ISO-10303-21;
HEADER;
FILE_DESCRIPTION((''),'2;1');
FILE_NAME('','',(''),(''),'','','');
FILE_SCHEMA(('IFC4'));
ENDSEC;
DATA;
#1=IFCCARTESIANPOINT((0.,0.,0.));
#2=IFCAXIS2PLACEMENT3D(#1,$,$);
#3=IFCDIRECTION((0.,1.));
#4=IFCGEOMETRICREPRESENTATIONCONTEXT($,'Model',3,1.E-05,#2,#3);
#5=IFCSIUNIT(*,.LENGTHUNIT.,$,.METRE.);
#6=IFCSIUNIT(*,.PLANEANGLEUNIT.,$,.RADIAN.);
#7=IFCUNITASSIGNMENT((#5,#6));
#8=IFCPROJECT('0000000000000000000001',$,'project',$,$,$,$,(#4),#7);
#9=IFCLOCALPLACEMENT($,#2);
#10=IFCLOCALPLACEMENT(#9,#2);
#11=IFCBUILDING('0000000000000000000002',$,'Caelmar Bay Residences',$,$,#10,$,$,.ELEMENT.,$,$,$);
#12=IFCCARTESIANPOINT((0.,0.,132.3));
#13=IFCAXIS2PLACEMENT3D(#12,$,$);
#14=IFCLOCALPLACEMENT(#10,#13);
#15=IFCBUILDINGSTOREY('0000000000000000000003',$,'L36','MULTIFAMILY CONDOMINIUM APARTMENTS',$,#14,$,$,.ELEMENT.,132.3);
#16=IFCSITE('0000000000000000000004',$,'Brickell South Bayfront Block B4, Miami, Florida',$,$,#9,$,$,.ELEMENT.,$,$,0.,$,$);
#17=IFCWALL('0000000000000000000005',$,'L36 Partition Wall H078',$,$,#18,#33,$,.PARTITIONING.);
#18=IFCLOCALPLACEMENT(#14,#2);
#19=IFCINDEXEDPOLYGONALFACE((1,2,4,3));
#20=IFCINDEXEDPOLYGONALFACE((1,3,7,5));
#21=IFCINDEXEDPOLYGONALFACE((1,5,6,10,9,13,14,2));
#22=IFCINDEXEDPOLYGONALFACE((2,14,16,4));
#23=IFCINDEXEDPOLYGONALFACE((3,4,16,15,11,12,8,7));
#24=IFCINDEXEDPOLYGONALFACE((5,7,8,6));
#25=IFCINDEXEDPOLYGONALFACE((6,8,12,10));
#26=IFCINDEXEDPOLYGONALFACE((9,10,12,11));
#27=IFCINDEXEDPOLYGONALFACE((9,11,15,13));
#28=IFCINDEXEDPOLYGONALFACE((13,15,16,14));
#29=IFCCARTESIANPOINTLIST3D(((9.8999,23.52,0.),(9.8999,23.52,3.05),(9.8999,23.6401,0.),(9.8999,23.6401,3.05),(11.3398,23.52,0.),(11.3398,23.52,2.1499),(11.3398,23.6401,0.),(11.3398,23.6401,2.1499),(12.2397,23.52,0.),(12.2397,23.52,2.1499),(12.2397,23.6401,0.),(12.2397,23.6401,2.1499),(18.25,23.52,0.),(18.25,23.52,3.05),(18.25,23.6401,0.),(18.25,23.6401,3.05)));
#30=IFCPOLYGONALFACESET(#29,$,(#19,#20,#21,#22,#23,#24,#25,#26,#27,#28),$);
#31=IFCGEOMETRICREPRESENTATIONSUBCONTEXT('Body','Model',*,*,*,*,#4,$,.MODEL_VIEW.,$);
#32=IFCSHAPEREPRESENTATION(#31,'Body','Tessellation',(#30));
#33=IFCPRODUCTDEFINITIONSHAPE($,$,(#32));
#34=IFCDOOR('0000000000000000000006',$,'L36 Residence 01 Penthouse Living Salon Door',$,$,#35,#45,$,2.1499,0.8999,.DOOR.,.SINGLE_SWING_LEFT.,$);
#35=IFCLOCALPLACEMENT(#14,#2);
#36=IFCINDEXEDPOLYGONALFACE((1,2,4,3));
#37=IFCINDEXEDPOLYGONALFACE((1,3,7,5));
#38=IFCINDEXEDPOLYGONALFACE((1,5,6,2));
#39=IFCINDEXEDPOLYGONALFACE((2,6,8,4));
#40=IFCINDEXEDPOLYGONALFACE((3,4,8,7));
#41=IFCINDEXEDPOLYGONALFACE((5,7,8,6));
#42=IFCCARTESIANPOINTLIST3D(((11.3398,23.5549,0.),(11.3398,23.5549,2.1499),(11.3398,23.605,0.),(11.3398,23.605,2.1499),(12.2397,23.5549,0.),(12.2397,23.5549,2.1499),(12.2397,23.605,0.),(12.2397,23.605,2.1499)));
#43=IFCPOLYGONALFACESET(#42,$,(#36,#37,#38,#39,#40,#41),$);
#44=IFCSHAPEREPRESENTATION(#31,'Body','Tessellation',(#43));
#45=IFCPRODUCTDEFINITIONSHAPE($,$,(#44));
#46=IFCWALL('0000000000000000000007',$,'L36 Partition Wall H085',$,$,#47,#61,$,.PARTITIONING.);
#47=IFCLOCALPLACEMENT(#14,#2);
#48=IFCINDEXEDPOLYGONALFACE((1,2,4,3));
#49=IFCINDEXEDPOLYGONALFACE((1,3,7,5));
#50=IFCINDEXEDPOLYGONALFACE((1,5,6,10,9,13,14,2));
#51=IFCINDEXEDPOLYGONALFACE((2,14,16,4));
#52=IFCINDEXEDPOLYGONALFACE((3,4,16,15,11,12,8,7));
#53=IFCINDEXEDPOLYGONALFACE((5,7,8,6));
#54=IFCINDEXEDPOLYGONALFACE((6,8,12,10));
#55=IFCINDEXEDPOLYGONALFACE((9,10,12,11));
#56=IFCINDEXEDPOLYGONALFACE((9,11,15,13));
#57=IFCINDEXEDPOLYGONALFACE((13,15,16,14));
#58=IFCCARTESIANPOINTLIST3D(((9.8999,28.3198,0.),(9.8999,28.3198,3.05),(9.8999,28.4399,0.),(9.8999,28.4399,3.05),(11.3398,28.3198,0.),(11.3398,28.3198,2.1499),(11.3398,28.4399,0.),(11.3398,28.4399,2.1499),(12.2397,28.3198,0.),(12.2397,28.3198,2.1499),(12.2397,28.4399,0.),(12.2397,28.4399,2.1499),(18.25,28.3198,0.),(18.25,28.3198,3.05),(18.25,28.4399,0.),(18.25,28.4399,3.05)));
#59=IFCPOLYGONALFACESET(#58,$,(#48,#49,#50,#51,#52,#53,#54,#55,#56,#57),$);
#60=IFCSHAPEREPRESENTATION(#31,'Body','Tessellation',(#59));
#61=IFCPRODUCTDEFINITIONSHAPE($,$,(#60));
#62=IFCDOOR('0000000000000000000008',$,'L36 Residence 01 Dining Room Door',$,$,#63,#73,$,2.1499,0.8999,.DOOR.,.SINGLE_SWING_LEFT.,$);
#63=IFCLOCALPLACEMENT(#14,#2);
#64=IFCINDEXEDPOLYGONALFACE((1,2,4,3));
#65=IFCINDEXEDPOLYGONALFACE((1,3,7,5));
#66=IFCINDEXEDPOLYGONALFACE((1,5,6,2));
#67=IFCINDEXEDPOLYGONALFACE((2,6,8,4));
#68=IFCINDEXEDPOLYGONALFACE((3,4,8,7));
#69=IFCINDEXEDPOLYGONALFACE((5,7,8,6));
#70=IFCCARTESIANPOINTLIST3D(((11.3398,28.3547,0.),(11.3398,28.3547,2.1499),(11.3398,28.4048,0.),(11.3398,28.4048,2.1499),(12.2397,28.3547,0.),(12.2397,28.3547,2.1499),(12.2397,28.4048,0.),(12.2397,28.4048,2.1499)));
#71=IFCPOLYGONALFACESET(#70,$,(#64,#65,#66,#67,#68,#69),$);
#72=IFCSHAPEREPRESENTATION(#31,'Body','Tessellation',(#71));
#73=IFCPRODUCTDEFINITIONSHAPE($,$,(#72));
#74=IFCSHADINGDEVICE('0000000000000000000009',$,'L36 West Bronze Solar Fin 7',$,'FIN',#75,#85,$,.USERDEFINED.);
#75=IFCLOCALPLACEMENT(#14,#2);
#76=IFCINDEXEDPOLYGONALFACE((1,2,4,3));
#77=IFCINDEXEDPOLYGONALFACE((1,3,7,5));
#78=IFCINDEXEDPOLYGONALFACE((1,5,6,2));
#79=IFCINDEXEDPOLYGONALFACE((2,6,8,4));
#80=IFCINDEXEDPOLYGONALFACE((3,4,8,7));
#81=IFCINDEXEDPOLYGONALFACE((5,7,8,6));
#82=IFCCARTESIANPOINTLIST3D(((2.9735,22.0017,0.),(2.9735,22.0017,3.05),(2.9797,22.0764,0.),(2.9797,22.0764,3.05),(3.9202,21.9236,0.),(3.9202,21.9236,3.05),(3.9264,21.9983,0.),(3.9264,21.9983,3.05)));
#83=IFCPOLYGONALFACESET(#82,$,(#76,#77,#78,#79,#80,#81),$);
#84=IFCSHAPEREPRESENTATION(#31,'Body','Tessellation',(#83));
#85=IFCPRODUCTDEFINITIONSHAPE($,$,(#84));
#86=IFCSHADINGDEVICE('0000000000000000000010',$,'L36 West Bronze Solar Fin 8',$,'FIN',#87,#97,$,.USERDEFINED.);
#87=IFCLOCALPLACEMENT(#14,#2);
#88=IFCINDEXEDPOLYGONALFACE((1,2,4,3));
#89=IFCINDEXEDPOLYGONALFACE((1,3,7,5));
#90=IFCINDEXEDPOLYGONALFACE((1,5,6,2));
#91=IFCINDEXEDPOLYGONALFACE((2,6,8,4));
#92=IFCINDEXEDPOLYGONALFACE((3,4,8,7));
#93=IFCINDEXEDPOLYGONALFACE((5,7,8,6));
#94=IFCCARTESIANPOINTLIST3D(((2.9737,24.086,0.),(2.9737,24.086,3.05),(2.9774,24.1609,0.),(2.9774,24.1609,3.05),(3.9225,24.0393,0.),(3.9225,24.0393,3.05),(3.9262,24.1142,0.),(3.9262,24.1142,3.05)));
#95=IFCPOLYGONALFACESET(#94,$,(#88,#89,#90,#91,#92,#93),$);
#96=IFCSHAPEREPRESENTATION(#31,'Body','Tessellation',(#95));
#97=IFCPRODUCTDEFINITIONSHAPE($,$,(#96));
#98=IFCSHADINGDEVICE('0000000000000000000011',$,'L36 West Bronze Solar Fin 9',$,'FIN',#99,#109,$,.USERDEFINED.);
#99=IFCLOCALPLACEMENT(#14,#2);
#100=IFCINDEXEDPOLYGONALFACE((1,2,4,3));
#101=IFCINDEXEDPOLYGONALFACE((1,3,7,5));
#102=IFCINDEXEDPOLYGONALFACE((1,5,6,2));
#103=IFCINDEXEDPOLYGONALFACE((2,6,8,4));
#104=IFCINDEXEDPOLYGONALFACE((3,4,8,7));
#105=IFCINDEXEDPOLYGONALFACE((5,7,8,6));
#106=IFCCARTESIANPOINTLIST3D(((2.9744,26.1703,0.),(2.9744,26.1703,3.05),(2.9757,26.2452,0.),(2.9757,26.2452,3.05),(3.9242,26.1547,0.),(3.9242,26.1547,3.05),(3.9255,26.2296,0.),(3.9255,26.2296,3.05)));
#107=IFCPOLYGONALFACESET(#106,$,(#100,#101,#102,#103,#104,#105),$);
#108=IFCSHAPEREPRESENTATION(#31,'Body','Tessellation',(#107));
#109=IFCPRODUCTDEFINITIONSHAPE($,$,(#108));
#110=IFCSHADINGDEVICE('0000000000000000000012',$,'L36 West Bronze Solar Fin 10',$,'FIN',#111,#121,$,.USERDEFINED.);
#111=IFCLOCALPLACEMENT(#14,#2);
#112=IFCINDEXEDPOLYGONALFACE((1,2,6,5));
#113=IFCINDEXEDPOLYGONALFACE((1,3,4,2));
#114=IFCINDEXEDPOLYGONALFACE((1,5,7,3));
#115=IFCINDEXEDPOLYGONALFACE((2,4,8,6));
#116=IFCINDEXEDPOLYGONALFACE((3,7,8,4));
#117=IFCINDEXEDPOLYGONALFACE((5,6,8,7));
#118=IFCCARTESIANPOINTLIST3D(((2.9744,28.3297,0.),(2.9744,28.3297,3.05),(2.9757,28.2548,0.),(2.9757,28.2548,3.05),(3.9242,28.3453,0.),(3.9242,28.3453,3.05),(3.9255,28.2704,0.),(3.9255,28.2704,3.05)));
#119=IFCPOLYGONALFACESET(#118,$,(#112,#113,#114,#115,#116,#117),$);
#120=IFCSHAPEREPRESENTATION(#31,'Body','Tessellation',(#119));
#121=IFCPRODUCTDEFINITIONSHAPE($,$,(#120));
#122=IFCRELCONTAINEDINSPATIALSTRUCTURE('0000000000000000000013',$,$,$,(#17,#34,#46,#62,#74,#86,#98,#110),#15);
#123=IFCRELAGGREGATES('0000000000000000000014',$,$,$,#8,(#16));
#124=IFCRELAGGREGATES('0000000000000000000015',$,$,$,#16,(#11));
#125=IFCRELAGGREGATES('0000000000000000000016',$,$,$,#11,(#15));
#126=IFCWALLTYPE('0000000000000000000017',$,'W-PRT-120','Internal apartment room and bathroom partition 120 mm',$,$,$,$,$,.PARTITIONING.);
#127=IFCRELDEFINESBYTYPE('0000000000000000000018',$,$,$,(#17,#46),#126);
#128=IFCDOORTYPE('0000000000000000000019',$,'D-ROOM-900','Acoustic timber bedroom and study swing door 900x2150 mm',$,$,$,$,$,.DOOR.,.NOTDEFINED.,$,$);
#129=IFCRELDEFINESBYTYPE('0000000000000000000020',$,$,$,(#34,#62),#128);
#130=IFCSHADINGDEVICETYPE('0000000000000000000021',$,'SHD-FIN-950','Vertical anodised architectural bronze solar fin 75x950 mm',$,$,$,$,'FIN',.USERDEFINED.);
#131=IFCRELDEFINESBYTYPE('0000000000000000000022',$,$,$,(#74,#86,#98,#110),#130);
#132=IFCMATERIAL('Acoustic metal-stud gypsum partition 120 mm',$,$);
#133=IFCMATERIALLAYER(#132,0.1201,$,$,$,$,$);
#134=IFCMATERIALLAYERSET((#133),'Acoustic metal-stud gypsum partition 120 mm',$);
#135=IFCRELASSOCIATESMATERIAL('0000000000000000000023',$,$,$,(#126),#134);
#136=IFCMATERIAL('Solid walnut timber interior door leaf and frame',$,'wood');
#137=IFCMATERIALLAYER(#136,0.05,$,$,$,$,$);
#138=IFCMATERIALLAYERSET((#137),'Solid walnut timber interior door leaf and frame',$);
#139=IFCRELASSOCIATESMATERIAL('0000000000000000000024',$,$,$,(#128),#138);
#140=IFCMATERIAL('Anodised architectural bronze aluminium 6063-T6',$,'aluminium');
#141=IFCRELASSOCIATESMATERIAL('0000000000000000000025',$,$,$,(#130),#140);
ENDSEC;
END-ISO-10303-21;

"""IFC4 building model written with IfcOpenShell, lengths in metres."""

from ifc_helpers import new_model, si_unit, direction, frame, frame_2d, origin, origin_2d, place, context, subcontext, project, spatial, rectangle, extrude, material, layer, layer_set, material_profile, profile_set, type_object, element, fill, save


model = new_model("IFC4")

# Units and contexts
model_context = context("Model", 3, precision=1e-05, world=origin(), true_north=direction((0.0, 1.0)))
body_context = subcontext(model_context, "Body", "Model", "MODEL_VIEW")
ifc_project = project(units=[si_unit("LENGTHUNIT", "METRE"), si_unit("PLANEANGLEUNIT", "RADIAN")], contexts=[model_context])

# Site, building, storey
site_placement = place(None, origin())
site = spatial("IfcSite", under=ifc_project, at=site_placement, Name="Brickell South Bayfront Block B4, Miami, Florida", CompositionType="ELEMENT", RefElevation=0.0)
building_placement = place(site_placement, origin())
building = spatial("IfcBuilding", under=site, at=building_placement, Name="Caelmar Bay Residences", CompositionType="ELEMENT")
storey_placement = place(building_placement, frame((0.0, 0.0, 132.3)))
storey = spatial("IfcBuildingStorey", under=building, at=storey_placement, Name="L36", Description="MULTIFAMILY CONDOMINIUM APARTMENTS", CompositionType="ELEMENT", Elevation=132.3)

# Shared definitions
ifc_material_1 = material(Name="Acoustic metal-stud gypsum partition 120 mm")
ifc_layer_1 = layer(ifc_material_1, 0.1201)
ifc_layer_set_1 = layer_set([ifc_layer_1], Name="Acoustic metal-stud gypsum partition 120 mm")
wall_type_1 = type_object("IfcWallType", Name="W-PRT-120", Description="Internal apartment room and bathroom partition 120 mm", PredefinedType="PARTITIONING", material=ifc_layer_set_1)

# Shared definitions
ifc_material_2 = material(Name="Solid walnut timber interior door leaf and frame", Category="wood")
ifc_layer_2 = layer(ifc_material_2, 0.05)
ifc_layer_set_2 = layer_set([ifc_layer_2], Name="Solid walnut timber interior door leaf and frame")
door_type_1 = type_object("IfcDoorType", Name="D-ROOM-900", Description="Acoustic timber bedroom and study swing door 900x2150 mm", OperationType="NOTDEFINED", PredefinedType="DOOR", material=ifc_layer_set_2)

# Walls, openings, doors
wall_1_placement = place(storey_placement, frame((9.8999, 23.5801, 0.0), z_axis=(0.0, 0.0, 1.0), x_axis=(1.0, 0.0, 0.0)))
wall_1 = element("IfcWall", 1, at=wall_1_placement, inside=storey, type_object=wall_type_1, Name="L36 Partition Wall H078", PredefinedType="PARTITIONING", context=body_context, shape_type="SweptSolid", body=[
    extrude(rectangle(XDim=8.3501, YDim=0.1201, at=frame_2d((4.175, 0.0))), origin(), (0.0, 0.0, 1.0), 3.05),
])
opening_1_placement = place(wall_1_placement, frame((1.4399, 0.0, 0.0)))
opening_1 = element("IfcOpeningElement", 2, at=opening_1_placement, cuts=wall_1, PredefinedType="OPENING", context=body_context, shape_type="SweptSolid", body=[
    extrude(rectangle(XDim=0.8999, YDim=2.1499, at=frame_2d((0.45, 1.075))), frame((0.0, 0.0701, 0.0), z_axis=(0.0, -1.0, 0.0), x_axis=(1.0, 0.0, 0.0)), (0.0, 0.0, 1.0), 0.1401),
])
door_1_placement = place(opening_1_placement, origin())
door_1 = element("IfcDoor", 3, at=door_1_placement, inside=storey, type_object=door_type_1, Name="L36 Residence 01 Penthouse Living Salon Door", OperationType="SINGLE_SWING_LEFT", OverallHeight=2.1499, OverallWidth=0.8999, PredefinedType="DOOR", context=body_context, shape_type="SweptSolid", body=[
    extrude(rectangle(XDim=0.8999, YDim=2.1499, at=frame_2d((0.45, 1.075))), frame((0.0, 0.0249, 0.0), z_axis=(0.0, -1.0, 0.0), x_axis=(1.0, 0.0, 0.0)), (0.0, 0.0, 1.0), 0.05),
])
fill(opening_1, door_1)
wall_2_placement = place(storey_placement, frame((9.8999, 28.3799, 0.0), z_axis=(0.0, 0.0, 1.0), x_axis=(1.0, 0.0, 0.0)))
wall_2 = element("IfcWall", 4, at=wall_2_placement, inside=storey, type_object=wall_type_1, Name="L36 Partition Wall H085", PredefinedType="PARTITIONING", context=body_context, shape_type="SweptSolid", body=[
    extrude(rectangle(XDim=8.3501, YDim=0.1201, at=frame_2d((4.175, 0.0))), origin(), (0.0, 0.0, 1.0), 3.05),
])
opening_2_placement = place(wall_2_placement, frame((1.4399, 0.0, 0.0)))
opening_2 = element("IfcOpeningElement", 5, at=opening_2_placement, cuts=wall_2, PredefinedType="OPENING", context=body_context, shape_type="SweptSolid", body=[
    extrude(rectangle(XDim=0.8999, YDim=2.1499, at=frame_2d((0.45, 1.075))), frame((0.0, 0.0701, 0.0), z_axis=(0.0, -1.0, 0.0), x_axis=(1.0, 0.0, 0.0)), (0.0, 0.0, 1.0), 0.1401),
])
door_2_placement = place(opening_2_placement, origin())
door_2 = element("IfcDoor", 6, at=door_2_placement, inside=storey, type_object=door_type_1, Name="L36 Residence 01 Dining Room Door", OperationType="SINGLE_SWING_LEFT", OverallHeight=2.1499, OverallWidth=0.8999, PredefinedType="DOOR", context=body_context, shape_type="SweptSolid", body=[
    extrude(rectangle(XDim=0.8999, YDim=2.1499, at=frame_2d((0.45, 1.075))), frame((0.0, 0.0249, 0.0), z_axis=(0.0, -1.0, 0.0), x_axis=(1.0, 0.0, 0.0)), (0.0, 0.0, 1.0), 0.05),
])
fill(opening_2, door_2)

# Shading devices
ifc_material_3 = material(Name="Anodised architectural bronze aluminium 6063-T6", Category="aluminium")
ifc_material_profile_1 = material_profile(ifc_material_3, rectangle(XDim=0.075, YDim=0.95, at=origin_2d()), Name="BRONZE-FIN-75X950")
ifc_profile_set_1 = profile_set([ifc_material_profile_1], Name="Anodised architectural bronze aluminium 6063-T6")
shading_device_type = type_object("IfcShadingDeviceType", Name="SHD-FIN-950", Description="Vertical anodised architectural bronze solar fin 75x950 mm", ElementType="FIN", PredefinedType="USERDEFINED", material=ifc_profile_set_1)
for number, where, z_axis, x_axis, name in (
    (7, (3.45, 22.0, 0.0), (0.0, 0.0, 1.0), (0.082112, 0.996623, 0.0), "L36 West Bronze Solar Fin 7"),
    (8, (3.45, 24.1001, 0.0), (0.0, 0.0, 1.0), (0.049198, 0.998789, 0.0), "L36 West Bronze Solar Fin 8"),
    (9, (3.45, 26.2, 0.0), (0.0, 0.0, 1.0), (0.016405, 0.999865, 0.0), "L36 West Bronze Solar Fin 9"),
    (10, (3.45, 28.3, 0.0), (0.0, 0.0, 1.0), (-0.016405, 0.999865, 0.0), "L36 West Bronze Solar Fin 10"),
):
    element("IfcShadingDevice", number, at=place(storey_placement, frame(where, z_axis=z_axis, x_axis=x_axis)), inside=storey, type_object=shading_device_type, Name=name, ObjectType="FIN", PredefinedType="USERDEFINED", context=body_context, shape_type="SweptSolid", body=[
        extrude(rectangle(XDim=0.075, YDim=0.95, at=origin_2d()), origin(), (0.0, 0.0, 1.0), 3.05),
    ])

save(model, "model.ifc")
